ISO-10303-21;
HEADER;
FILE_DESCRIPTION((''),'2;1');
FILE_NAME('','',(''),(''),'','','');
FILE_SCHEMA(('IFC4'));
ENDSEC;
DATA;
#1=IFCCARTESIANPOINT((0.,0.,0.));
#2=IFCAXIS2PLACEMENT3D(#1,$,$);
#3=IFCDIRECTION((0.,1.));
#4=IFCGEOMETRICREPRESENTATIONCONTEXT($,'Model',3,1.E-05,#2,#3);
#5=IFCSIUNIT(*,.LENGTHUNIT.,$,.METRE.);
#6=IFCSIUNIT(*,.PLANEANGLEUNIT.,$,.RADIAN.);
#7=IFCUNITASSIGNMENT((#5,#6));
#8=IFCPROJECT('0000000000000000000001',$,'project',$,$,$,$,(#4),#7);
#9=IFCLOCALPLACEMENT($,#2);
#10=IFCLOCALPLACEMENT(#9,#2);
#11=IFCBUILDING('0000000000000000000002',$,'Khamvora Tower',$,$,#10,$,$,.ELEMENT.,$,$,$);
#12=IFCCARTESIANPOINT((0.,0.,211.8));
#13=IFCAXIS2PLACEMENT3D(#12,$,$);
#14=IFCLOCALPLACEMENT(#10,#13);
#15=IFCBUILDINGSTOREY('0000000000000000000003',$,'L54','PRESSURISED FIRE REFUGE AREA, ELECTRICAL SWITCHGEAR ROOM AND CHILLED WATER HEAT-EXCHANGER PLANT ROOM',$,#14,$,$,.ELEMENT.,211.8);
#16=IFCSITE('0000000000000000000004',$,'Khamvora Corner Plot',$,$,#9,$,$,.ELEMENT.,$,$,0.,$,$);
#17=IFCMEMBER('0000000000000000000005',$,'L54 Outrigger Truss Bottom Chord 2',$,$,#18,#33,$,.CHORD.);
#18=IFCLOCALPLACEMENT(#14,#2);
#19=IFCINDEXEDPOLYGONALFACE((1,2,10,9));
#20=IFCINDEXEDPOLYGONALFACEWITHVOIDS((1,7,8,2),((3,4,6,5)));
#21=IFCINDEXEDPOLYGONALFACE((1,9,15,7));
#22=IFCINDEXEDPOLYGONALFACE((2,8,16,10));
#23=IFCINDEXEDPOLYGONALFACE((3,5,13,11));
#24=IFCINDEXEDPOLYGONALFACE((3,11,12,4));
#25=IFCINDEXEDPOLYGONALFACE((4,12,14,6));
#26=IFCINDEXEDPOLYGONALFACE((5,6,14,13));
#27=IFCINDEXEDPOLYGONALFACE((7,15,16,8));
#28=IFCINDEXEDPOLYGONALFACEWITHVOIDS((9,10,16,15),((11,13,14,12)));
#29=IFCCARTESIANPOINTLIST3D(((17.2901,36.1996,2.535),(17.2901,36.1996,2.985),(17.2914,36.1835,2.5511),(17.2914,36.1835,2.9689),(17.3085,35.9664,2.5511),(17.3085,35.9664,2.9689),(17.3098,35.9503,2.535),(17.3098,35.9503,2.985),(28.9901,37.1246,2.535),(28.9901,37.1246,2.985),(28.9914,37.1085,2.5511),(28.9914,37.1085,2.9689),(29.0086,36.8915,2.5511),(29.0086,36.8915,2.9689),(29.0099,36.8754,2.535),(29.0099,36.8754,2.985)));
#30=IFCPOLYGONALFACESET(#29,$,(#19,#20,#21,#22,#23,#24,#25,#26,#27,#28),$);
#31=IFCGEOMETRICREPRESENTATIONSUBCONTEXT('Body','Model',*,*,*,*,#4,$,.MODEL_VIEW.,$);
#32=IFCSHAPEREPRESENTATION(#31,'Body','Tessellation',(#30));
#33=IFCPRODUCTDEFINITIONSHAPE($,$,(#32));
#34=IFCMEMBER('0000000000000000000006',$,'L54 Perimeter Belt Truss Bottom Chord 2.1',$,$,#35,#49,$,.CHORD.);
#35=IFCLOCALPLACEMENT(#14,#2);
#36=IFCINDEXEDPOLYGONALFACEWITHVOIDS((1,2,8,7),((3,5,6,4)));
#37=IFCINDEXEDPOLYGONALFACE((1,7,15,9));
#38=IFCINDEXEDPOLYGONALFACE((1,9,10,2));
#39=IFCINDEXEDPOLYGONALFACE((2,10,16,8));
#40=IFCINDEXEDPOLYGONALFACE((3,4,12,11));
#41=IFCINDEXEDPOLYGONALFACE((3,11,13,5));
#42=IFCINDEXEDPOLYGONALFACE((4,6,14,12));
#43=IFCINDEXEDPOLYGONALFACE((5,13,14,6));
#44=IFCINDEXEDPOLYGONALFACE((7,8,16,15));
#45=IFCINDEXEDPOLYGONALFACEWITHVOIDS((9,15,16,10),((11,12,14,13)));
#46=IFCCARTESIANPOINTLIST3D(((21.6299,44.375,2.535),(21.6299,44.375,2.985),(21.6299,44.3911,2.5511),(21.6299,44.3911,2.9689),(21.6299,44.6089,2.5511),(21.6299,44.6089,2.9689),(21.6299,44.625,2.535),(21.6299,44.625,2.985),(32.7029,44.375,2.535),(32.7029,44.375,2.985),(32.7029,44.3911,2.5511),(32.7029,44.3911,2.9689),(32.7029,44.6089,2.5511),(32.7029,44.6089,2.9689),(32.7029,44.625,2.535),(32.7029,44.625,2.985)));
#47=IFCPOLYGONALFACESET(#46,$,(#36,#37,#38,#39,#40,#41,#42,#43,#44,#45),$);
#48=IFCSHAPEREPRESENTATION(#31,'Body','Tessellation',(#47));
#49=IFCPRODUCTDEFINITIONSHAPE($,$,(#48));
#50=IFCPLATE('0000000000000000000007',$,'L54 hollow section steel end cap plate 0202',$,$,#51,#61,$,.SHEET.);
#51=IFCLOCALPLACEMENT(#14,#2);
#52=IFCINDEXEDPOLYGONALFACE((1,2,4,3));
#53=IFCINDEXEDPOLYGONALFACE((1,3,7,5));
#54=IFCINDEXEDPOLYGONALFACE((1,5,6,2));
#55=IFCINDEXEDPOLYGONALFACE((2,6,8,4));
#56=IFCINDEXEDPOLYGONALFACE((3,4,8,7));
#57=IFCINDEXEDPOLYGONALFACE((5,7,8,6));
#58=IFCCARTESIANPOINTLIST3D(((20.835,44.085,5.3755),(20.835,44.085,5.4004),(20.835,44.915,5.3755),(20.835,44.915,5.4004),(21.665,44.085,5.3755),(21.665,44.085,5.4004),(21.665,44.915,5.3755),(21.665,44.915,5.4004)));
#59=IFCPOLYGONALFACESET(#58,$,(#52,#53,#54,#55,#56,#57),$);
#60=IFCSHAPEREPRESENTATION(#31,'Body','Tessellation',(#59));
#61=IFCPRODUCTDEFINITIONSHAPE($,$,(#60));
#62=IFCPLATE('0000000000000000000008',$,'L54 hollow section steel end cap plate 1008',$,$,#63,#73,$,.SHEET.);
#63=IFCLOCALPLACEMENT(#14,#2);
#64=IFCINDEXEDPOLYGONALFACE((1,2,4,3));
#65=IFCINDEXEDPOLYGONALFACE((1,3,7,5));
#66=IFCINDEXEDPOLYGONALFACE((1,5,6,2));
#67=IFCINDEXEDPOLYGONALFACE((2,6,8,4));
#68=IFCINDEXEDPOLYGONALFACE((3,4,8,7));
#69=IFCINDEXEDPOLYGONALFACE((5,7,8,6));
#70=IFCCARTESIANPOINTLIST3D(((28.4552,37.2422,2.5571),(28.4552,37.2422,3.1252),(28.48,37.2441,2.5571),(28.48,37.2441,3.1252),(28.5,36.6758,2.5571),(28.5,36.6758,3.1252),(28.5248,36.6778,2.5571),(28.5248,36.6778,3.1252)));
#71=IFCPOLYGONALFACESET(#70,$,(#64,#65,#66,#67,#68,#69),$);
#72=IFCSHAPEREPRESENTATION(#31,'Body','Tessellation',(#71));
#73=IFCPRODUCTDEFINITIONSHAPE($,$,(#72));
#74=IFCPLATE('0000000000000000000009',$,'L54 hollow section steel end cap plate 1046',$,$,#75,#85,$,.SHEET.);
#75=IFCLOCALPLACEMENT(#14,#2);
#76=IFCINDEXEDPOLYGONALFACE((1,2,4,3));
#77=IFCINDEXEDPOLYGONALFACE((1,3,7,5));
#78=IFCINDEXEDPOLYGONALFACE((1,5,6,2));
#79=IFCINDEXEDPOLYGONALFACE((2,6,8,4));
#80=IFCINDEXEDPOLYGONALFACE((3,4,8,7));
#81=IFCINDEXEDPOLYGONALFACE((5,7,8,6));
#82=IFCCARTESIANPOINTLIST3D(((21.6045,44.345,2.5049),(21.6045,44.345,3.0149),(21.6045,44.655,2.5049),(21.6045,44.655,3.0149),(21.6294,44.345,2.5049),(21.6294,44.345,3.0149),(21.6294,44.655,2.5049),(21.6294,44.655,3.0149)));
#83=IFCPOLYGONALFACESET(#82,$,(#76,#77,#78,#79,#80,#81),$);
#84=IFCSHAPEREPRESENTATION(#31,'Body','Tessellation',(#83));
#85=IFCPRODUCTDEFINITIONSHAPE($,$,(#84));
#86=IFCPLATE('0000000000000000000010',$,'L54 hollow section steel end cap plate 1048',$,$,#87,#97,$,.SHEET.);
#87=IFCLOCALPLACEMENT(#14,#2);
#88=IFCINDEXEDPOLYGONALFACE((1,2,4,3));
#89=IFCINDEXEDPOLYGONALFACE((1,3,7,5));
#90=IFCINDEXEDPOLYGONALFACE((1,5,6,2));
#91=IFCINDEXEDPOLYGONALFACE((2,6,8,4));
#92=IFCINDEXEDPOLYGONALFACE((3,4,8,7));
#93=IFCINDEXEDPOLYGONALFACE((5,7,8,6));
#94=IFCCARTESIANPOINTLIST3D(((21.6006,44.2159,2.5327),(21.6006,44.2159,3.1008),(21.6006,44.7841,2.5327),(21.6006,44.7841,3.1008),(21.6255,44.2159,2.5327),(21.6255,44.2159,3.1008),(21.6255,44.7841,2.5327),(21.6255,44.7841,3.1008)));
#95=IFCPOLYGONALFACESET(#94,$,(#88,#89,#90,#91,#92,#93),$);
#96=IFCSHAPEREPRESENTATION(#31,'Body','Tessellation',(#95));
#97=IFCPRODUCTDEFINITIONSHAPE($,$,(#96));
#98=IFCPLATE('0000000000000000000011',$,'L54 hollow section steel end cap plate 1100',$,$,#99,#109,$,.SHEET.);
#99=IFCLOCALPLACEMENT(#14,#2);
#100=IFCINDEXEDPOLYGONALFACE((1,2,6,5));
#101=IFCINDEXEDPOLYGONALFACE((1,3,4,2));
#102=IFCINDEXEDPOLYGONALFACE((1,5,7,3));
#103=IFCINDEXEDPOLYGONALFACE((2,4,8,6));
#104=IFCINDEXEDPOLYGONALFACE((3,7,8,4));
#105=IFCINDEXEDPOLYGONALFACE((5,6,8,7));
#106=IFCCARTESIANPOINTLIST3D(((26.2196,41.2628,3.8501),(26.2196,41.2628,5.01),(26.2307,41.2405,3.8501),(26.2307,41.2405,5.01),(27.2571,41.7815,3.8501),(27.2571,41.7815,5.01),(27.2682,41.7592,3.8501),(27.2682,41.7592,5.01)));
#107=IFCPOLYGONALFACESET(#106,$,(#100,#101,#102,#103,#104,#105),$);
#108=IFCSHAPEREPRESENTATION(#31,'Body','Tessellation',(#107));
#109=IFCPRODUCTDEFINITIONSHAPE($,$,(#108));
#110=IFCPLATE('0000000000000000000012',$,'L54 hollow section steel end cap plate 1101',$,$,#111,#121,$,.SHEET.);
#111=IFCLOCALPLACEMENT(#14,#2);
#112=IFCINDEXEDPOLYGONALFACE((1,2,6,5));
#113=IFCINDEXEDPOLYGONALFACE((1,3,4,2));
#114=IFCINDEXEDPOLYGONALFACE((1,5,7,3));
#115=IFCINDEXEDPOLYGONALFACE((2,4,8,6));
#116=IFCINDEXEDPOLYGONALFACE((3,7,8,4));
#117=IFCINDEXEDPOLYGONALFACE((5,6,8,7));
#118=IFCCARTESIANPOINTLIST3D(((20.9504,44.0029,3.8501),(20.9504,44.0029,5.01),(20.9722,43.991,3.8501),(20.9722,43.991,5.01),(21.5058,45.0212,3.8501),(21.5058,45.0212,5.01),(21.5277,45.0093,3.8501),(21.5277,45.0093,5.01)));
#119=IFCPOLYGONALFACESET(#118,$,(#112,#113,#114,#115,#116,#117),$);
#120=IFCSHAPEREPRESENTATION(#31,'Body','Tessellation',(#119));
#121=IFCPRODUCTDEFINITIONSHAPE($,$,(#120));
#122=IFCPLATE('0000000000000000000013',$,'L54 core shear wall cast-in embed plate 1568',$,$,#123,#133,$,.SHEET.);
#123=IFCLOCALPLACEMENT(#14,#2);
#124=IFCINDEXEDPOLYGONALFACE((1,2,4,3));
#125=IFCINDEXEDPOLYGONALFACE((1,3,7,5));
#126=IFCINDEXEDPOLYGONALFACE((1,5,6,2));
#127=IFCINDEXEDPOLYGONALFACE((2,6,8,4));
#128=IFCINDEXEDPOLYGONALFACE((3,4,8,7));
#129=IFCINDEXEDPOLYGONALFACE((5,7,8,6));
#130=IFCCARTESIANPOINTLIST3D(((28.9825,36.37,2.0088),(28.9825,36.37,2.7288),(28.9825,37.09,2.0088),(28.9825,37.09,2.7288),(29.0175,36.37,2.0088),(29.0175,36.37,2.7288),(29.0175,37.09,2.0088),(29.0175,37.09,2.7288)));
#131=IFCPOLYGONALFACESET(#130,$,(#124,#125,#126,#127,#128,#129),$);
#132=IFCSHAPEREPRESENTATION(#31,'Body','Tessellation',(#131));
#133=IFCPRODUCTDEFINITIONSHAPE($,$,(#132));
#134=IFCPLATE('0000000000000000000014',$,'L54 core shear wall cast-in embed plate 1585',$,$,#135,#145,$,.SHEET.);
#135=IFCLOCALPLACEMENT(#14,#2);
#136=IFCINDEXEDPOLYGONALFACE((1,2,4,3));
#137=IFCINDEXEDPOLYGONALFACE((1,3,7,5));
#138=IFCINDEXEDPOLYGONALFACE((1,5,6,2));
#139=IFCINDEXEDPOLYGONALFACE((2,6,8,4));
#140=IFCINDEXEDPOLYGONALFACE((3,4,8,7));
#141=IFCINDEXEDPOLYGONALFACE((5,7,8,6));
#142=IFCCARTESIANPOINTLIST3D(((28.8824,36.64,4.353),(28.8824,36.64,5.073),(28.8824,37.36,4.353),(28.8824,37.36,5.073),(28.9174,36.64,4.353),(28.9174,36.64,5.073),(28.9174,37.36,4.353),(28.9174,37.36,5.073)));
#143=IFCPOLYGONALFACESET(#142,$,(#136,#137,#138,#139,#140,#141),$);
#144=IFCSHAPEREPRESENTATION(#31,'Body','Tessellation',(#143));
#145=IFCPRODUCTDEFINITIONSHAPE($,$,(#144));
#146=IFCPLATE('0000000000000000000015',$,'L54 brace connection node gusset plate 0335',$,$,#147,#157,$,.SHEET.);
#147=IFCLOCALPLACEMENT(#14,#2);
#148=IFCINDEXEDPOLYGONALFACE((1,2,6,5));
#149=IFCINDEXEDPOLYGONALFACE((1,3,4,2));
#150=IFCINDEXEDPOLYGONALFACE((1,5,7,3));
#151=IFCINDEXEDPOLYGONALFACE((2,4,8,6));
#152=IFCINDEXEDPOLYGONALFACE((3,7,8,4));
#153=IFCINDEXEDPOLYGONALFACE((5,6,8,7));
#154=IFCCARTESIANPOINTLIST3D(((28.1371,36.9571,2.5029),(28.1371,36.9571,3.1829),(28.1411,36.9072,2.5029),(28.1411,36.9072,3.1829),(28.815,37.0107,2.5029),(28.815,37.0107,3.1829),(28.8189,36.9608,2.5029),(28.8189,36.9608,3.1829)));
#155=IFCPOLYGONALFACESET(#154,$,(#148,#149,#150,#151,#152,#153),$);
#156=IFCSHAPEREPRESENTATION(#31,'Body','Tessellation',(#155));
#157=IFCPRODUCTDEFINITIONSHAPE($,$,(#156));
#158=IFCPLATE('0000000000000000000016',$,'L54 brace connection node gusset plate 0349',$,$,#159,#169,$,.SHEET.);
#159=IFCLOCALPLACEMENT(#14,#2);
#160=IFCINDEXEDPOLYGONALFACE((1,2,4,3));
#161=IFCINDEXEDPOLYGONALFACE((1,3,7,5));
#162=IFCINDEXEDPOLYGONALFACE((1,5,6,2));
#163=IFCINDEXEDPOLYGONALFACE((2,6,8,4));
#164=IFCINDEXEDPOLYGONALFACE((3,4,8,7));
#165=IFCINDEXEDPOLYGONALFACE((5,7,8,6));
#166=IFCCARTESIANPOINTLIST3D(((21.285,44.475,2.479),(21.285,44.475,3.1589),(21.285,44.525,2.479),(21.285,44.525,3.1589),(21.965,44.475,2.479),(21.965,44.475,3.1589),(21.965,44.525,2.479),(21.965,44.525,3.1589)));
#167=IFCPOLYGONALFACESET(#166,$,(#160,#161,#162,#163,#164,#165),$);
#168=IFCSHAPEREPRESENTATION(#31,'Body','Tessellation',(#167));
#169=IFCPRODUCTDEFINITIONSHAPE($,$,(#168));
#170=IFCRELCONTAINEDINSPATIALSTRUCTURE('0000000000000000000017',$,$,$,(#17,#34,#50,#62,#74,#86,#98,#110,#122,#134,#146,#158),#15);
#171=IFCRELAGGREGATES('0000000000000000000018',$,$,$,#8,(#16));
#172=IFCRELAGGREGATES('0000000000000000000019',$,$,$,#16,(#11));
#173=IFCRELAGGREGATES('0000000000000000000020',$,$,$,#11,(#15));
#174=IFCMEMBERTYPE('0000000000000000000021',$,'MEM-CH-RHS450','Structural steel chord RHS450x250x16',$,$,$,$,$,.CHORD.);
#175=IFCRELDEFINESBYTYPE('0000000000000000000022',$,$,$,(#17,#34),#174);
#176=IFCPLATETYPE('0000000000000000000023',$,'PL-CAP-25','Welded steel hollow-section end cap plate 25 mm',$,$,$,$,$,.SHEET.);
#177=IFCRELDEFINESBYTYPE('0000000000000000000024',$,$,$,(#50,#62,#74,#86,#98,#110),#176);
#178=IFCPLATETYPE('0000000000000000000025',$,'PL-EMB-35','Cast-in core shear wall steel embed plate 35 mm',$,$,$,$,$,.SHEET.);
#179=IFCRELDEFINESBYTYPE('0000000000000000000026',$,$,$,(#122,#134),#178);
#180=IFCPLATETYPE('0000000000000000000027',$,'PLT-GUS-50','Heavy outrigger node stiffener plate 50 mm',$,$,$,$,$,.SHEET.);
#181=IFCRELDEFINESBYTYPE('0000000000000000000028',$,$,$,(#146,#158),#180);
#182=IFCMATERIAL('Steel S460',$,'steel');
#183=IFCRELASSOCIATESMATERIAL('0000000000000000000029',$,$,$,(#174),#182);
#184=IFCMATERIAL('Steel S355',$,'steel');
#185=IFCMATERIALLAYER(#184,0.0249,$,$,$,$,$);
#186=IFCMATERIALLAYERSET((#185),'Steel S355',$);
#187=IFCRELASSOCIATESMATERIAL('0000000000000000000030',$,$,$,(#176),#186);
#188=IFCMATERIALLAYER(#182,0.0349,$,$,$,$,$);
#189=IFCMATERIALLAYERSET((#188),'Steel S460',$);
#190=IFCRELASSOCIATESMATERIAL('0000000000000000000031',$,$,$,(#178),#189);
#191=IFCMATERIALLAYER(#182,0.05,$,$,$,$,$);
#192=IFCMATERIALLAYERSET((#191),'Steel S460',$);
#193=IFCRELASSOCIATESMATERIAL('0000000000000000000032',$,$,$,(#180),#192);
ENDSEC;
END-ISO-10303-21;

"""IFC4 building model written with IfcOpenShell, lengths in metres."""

from ifc_helpers import new_model, si_unit, direction, frame, origin, origin_2d, place, context, subcontext, project, spatial, rectangle, hollow_rectangle, extrude, material, layer, layer_set, material_profile, profile_set, type_object, element, save


model = new_model("IFC4")

# Units and contexts
model_context = context("Model", 3, precision=1e-05, world=origin(), true_north=direction((0.0, 1.0)))
body_context = subcontext(model_context, "Body", "Model", "MODEL_VIEW")
ifc_project = project(units=[si_unit("LENGTHUNIT", "METRE"), si_unit("PLANEANGLEUNIT", "RADIAN")], contexts=[model_context])

# Site, building, storey
site_placement = place(None, origin())
site = spatial("IfcSite", under=ifc_project, at=site_placement, Name="Khamvora Corner Plot", CompositionType="ELEMENT", RefElevation=0.0)
building_placement = place(site_placement, origin())
building = spatial("IfcBuilding", under=site, at=building_placement, Name="Khamvora Tower", CompositionType="ELEMENT")
storey_placement = place(building_placement, frame((0.0, 0.0, 211.8)))
storey = spatial("IfcBuildingStorey", under=building, at=storey_placement, Name="L54", Description="PRESSURISED FIRE REFUGE AREA, ELECTRICAL SWITCHGEAR ROOM AND CHILLED WATER HEAT-EXCHANGER PLANT ROOM", CompositionType="ELEMENT", Elevation=211.8)

# Shared definitions
ifc_material_1 = material(Name="Steel S460", Category="steel")
ifc_material_2 = material(Name="Steel S355", Category="steel")

# Members
ifc_material_profile_1 = material_profile(ifc_material_1, hollow_rectangle(XDim=0.25, YDim=0.45, WallThickness=0.0161, at=origin_2d()), Name="RHS450x250x16")
ifc_profile_set_1 = profile_set([ifc_material_profile_1], Name="Steel S460")
member_type_1 = type_object("IfcMemberType", Name="MEM-CH-RHS450", Description="Structural steel chord RHS450x250x16", PredefinedType="CHORD", material=ifc_profile_set_1)
for number, where, z_axis, x_axis, name in (
    (1, (29.0, 37.0, 2.76), (-0.996889, -0.078818, 0.0), (0.078818, -0.996889, 0.0), "L54 Outrigger Truss Bottom Chord 2"),
):
    element("IfcMember", number, at=place(storey_placement, frame(where, z_axis=z_axis, x_axis=x_axis)), inside=storey, type_object=member_type_1, Name=name, PredefinedType="CHORD", context=body_context, shape_type="SweptSolid", body=[
        extrude(hollow_rectangle(XDim=0.25, YDim=0.45, WallThickness=0.0161, at=origin_2d()), origin(), (0.0, 0.0, 1.0), 11.7366),
    ])
member_1_placement = place(storey_placement, frame((21.6299, 44.5, 2.76), z_axis=(1.0, 0.0, 0.0), x_axis=(0.0, 1.0, 0.0)))
element("IfcMember", 2, at=member_1_placement, inside=storey, type_object=member_type_1, Name="L54 Perimeter Belt Truss Bottom Chord 2.1", PredefinedType="CHORD", context=body_context, shape_type="SweptSolid", body=[
    extrude(hollow_rectangle(XDim=0.25, YDim=0.45, WallThickness=0.0161, at=origin_2d()), origin(), (0.0, 0.0, 1.0), 11.073),
])

# Plates
ifc_layer_1 = layer(ifc_material_2, 0.0249)
ifc_layer_set_1 = layer_set([ifc_layer_1], Name="Steel S355")
plate_type_1 = type_object("IfcPlateType", Name="PL-CAP-25", Description="Welded steel hollow-section end cap plate 25 mm", PredefinedType="SHEET", material=ifc_layer_set_1)
plate_1_placement = place(storey_placement, frame((21.25, 44.5, 5.3755), z_axis=(0.0, 0.0, 1.0), x_axis=(1.0, 0.0, 0.0)))
element("IfcPlate", 3, at=plate_1_placement, inside=storey, type_object=plate_type_1, Name="L54 hollow section steel end cap plate 0202", PredefinedType="SHEET", context=body_context, shape_type="SweptSolid", body=[
    extrude(rectangle(XDim=0.8301, YDim=0.8301, at=origin_2d()), origin(), (0.0, 0.0, 1.0), 0.0249),
])
plate_2_placement = place(storey_placement, frame((28.49, 36.96, 2.5571), z_axis=(0.0, 0.0, 1.0), x_axis=(-0.99689, -0.078807, 0.0)))
element("IfcPlate", 4, at=plate_2_placement, inside=storey, type_object=plate_type_1, Name="L54 hollow section steel end cap plate 1008", PredefinedType="SHEET", context=body_context, shape_type="SweptSolid", body=[
    extrude(rectangle(XDim=0.0249, YDim=0.5681, at=origin_2d()), origin(), (0.0, 0.0, 1.0), 0.5681),
])
plate_3_placement = place(storey_placement, frame((21.6169, 44.5, 2.5049), z_axis=(0.0, 0.0, 1.0), x_axis=(1.0, 0.0, 0.0)))
element("IfcPlate", 5, at=plate_3_placement, inside=storey, type_object=plate_type_1, Name="L54 hollow section steel end cap plate 1046", PredefinedType="SHEET", context=body_context, shape_type="SweptSolid", body=[
    extrude(rectangle(XDim=0.0249, YDim=0.3101, at=origin_2d()), origin(), (0.0, 0.0, 1.0), 0.51),
])
plate_4_placement = place(storey_placement, frame((21.613, 44.5, 2.5327), z_axis=(0.0, 0.0, 1.0), x_axis=(1.0, 0.0, 0.0)))
element("IfcPlate", 6, at=plate_4_placement, inside=storey, type_object=plate_type_1, Name="L54 hollow section steel end cap plate 1048", PredefinedType="SHEET", context=body_context, shape_type="SweptSolid", body=[
    extrude(rectangle(XDim=0.0249, YDim=0.5681, at=origin_2d()), origin(), (0.0, 0.0, 1.0), 0.5681),
])
for number, where, z_axis, x_axis, name in (
    (7, (26.7439, 41.511, 3.8501), (0.0, 0.0, 1.0), (-0.447213, 0.894428, 0.0), "L54 hollow section steel end cap plate 1100"),
    (8, (21.239, 44.5061, 3.8501), (0.0, 0.0, 1.0), (0.877899, -0.478845, 0.0), "L54 hollow section steel end cap plate 1101"),
):
    element("IfcPlate", number, at=place(storey_placement, frame(where, z_axis=z_axis, x_axis=x_axis)), inside=storey, type_object=plate_type_1, Name=name, PredefinedType="SHEET", context=body_context, shape_type="SweptSolid", body=[
        extrude(rectangle(XDim=0.0249, YDim=1.1599, at=origin_2d()), origin(), (0.0, 0.0, 1.0), 1.1599),
    ])
ifc_layer_2 = layer(ifc_material_1, 0.0349)
ifc_layer_set_2 = layer_set([ifc_layer_2], Name="Steel S460")
plate_type_2 = type_object("IfcPlateType", Name="PL-EMB-35", Description="Cast-in core shear wall steel embed plate 35 mm", PredefinedType="SHEET", material=ifc_layer_set_2)
for number, where, z_axis, x_axis, name in (
    (9, (29.0, 36.73, 2.0088), (0.0, 0.0, 1.0), (1.0, 0.0, 0.0), "L54 core shear wall cast-in embed plate 1568"),
    (10, (28.8999, 37.0, 4.353), (0.0, 0.0, 1.0), (1.0, 0.0, 0.0), "L54 core shear wall cast-in embed plate 1585"),
):
    element("IfcPlate", number, at=place(storey_placement, frame(where, z_axis=z_axis, x_axis=x_axis)), inside=storey, type_object=plate_type_2, Name=name, PredefinedType="SHEET", context=body_context, shape_type="SweptSolid", body=[
        extrude(rectangle(XDim=0.0349, YDim=0.72, at=origin_2d()), origin(), (0.0, 0.0, 1.0), 0.72),
    ])
ifc_layer_3 = layer(ifc_material_1, 0.05)
ifc_layer_set_3 = layer_set([ifc_layer_3], Name="Steel S460")
plate_type_3 = type_object("IfcPlateType", Name="PLT-GUS-50", Description="Heavy outrigger node stiffener plate 50 mm", PredefinedType="SHEET", material=ifc_layer_set_3)
for number, where, z_axis, x_axis, name in (
    (11, (28.478, 36.959, 2.5029), (0.0, 0.0, 1.0), (-0.99689, -0.078807, 0.0), "L54 brace connection node gusset plate 0335"),
    (12, (21.625, 44.5, 2.479), (0.0, 0.0, 1.0), (1.0, 0.0, 0.0), "L54 brace connection node gusset plate 0349"),
):
    element("IfcPlate", number, at=place(storey_placement, frame(where, z_axis=z_axis, x_axis=x_axis)), inside=storey, type_object=plate_type_3, Name=name, PredefinedType="SHEET", context=body_context, shape_type="SweptSolid", body=[
        extrude(rectangle(XDim=0.6799, YDim=0.05, at=origin_2d()), origin(), (0.0, 0.0, 1.0), 0.6799),
    ])

save(model, "model.ifc")
